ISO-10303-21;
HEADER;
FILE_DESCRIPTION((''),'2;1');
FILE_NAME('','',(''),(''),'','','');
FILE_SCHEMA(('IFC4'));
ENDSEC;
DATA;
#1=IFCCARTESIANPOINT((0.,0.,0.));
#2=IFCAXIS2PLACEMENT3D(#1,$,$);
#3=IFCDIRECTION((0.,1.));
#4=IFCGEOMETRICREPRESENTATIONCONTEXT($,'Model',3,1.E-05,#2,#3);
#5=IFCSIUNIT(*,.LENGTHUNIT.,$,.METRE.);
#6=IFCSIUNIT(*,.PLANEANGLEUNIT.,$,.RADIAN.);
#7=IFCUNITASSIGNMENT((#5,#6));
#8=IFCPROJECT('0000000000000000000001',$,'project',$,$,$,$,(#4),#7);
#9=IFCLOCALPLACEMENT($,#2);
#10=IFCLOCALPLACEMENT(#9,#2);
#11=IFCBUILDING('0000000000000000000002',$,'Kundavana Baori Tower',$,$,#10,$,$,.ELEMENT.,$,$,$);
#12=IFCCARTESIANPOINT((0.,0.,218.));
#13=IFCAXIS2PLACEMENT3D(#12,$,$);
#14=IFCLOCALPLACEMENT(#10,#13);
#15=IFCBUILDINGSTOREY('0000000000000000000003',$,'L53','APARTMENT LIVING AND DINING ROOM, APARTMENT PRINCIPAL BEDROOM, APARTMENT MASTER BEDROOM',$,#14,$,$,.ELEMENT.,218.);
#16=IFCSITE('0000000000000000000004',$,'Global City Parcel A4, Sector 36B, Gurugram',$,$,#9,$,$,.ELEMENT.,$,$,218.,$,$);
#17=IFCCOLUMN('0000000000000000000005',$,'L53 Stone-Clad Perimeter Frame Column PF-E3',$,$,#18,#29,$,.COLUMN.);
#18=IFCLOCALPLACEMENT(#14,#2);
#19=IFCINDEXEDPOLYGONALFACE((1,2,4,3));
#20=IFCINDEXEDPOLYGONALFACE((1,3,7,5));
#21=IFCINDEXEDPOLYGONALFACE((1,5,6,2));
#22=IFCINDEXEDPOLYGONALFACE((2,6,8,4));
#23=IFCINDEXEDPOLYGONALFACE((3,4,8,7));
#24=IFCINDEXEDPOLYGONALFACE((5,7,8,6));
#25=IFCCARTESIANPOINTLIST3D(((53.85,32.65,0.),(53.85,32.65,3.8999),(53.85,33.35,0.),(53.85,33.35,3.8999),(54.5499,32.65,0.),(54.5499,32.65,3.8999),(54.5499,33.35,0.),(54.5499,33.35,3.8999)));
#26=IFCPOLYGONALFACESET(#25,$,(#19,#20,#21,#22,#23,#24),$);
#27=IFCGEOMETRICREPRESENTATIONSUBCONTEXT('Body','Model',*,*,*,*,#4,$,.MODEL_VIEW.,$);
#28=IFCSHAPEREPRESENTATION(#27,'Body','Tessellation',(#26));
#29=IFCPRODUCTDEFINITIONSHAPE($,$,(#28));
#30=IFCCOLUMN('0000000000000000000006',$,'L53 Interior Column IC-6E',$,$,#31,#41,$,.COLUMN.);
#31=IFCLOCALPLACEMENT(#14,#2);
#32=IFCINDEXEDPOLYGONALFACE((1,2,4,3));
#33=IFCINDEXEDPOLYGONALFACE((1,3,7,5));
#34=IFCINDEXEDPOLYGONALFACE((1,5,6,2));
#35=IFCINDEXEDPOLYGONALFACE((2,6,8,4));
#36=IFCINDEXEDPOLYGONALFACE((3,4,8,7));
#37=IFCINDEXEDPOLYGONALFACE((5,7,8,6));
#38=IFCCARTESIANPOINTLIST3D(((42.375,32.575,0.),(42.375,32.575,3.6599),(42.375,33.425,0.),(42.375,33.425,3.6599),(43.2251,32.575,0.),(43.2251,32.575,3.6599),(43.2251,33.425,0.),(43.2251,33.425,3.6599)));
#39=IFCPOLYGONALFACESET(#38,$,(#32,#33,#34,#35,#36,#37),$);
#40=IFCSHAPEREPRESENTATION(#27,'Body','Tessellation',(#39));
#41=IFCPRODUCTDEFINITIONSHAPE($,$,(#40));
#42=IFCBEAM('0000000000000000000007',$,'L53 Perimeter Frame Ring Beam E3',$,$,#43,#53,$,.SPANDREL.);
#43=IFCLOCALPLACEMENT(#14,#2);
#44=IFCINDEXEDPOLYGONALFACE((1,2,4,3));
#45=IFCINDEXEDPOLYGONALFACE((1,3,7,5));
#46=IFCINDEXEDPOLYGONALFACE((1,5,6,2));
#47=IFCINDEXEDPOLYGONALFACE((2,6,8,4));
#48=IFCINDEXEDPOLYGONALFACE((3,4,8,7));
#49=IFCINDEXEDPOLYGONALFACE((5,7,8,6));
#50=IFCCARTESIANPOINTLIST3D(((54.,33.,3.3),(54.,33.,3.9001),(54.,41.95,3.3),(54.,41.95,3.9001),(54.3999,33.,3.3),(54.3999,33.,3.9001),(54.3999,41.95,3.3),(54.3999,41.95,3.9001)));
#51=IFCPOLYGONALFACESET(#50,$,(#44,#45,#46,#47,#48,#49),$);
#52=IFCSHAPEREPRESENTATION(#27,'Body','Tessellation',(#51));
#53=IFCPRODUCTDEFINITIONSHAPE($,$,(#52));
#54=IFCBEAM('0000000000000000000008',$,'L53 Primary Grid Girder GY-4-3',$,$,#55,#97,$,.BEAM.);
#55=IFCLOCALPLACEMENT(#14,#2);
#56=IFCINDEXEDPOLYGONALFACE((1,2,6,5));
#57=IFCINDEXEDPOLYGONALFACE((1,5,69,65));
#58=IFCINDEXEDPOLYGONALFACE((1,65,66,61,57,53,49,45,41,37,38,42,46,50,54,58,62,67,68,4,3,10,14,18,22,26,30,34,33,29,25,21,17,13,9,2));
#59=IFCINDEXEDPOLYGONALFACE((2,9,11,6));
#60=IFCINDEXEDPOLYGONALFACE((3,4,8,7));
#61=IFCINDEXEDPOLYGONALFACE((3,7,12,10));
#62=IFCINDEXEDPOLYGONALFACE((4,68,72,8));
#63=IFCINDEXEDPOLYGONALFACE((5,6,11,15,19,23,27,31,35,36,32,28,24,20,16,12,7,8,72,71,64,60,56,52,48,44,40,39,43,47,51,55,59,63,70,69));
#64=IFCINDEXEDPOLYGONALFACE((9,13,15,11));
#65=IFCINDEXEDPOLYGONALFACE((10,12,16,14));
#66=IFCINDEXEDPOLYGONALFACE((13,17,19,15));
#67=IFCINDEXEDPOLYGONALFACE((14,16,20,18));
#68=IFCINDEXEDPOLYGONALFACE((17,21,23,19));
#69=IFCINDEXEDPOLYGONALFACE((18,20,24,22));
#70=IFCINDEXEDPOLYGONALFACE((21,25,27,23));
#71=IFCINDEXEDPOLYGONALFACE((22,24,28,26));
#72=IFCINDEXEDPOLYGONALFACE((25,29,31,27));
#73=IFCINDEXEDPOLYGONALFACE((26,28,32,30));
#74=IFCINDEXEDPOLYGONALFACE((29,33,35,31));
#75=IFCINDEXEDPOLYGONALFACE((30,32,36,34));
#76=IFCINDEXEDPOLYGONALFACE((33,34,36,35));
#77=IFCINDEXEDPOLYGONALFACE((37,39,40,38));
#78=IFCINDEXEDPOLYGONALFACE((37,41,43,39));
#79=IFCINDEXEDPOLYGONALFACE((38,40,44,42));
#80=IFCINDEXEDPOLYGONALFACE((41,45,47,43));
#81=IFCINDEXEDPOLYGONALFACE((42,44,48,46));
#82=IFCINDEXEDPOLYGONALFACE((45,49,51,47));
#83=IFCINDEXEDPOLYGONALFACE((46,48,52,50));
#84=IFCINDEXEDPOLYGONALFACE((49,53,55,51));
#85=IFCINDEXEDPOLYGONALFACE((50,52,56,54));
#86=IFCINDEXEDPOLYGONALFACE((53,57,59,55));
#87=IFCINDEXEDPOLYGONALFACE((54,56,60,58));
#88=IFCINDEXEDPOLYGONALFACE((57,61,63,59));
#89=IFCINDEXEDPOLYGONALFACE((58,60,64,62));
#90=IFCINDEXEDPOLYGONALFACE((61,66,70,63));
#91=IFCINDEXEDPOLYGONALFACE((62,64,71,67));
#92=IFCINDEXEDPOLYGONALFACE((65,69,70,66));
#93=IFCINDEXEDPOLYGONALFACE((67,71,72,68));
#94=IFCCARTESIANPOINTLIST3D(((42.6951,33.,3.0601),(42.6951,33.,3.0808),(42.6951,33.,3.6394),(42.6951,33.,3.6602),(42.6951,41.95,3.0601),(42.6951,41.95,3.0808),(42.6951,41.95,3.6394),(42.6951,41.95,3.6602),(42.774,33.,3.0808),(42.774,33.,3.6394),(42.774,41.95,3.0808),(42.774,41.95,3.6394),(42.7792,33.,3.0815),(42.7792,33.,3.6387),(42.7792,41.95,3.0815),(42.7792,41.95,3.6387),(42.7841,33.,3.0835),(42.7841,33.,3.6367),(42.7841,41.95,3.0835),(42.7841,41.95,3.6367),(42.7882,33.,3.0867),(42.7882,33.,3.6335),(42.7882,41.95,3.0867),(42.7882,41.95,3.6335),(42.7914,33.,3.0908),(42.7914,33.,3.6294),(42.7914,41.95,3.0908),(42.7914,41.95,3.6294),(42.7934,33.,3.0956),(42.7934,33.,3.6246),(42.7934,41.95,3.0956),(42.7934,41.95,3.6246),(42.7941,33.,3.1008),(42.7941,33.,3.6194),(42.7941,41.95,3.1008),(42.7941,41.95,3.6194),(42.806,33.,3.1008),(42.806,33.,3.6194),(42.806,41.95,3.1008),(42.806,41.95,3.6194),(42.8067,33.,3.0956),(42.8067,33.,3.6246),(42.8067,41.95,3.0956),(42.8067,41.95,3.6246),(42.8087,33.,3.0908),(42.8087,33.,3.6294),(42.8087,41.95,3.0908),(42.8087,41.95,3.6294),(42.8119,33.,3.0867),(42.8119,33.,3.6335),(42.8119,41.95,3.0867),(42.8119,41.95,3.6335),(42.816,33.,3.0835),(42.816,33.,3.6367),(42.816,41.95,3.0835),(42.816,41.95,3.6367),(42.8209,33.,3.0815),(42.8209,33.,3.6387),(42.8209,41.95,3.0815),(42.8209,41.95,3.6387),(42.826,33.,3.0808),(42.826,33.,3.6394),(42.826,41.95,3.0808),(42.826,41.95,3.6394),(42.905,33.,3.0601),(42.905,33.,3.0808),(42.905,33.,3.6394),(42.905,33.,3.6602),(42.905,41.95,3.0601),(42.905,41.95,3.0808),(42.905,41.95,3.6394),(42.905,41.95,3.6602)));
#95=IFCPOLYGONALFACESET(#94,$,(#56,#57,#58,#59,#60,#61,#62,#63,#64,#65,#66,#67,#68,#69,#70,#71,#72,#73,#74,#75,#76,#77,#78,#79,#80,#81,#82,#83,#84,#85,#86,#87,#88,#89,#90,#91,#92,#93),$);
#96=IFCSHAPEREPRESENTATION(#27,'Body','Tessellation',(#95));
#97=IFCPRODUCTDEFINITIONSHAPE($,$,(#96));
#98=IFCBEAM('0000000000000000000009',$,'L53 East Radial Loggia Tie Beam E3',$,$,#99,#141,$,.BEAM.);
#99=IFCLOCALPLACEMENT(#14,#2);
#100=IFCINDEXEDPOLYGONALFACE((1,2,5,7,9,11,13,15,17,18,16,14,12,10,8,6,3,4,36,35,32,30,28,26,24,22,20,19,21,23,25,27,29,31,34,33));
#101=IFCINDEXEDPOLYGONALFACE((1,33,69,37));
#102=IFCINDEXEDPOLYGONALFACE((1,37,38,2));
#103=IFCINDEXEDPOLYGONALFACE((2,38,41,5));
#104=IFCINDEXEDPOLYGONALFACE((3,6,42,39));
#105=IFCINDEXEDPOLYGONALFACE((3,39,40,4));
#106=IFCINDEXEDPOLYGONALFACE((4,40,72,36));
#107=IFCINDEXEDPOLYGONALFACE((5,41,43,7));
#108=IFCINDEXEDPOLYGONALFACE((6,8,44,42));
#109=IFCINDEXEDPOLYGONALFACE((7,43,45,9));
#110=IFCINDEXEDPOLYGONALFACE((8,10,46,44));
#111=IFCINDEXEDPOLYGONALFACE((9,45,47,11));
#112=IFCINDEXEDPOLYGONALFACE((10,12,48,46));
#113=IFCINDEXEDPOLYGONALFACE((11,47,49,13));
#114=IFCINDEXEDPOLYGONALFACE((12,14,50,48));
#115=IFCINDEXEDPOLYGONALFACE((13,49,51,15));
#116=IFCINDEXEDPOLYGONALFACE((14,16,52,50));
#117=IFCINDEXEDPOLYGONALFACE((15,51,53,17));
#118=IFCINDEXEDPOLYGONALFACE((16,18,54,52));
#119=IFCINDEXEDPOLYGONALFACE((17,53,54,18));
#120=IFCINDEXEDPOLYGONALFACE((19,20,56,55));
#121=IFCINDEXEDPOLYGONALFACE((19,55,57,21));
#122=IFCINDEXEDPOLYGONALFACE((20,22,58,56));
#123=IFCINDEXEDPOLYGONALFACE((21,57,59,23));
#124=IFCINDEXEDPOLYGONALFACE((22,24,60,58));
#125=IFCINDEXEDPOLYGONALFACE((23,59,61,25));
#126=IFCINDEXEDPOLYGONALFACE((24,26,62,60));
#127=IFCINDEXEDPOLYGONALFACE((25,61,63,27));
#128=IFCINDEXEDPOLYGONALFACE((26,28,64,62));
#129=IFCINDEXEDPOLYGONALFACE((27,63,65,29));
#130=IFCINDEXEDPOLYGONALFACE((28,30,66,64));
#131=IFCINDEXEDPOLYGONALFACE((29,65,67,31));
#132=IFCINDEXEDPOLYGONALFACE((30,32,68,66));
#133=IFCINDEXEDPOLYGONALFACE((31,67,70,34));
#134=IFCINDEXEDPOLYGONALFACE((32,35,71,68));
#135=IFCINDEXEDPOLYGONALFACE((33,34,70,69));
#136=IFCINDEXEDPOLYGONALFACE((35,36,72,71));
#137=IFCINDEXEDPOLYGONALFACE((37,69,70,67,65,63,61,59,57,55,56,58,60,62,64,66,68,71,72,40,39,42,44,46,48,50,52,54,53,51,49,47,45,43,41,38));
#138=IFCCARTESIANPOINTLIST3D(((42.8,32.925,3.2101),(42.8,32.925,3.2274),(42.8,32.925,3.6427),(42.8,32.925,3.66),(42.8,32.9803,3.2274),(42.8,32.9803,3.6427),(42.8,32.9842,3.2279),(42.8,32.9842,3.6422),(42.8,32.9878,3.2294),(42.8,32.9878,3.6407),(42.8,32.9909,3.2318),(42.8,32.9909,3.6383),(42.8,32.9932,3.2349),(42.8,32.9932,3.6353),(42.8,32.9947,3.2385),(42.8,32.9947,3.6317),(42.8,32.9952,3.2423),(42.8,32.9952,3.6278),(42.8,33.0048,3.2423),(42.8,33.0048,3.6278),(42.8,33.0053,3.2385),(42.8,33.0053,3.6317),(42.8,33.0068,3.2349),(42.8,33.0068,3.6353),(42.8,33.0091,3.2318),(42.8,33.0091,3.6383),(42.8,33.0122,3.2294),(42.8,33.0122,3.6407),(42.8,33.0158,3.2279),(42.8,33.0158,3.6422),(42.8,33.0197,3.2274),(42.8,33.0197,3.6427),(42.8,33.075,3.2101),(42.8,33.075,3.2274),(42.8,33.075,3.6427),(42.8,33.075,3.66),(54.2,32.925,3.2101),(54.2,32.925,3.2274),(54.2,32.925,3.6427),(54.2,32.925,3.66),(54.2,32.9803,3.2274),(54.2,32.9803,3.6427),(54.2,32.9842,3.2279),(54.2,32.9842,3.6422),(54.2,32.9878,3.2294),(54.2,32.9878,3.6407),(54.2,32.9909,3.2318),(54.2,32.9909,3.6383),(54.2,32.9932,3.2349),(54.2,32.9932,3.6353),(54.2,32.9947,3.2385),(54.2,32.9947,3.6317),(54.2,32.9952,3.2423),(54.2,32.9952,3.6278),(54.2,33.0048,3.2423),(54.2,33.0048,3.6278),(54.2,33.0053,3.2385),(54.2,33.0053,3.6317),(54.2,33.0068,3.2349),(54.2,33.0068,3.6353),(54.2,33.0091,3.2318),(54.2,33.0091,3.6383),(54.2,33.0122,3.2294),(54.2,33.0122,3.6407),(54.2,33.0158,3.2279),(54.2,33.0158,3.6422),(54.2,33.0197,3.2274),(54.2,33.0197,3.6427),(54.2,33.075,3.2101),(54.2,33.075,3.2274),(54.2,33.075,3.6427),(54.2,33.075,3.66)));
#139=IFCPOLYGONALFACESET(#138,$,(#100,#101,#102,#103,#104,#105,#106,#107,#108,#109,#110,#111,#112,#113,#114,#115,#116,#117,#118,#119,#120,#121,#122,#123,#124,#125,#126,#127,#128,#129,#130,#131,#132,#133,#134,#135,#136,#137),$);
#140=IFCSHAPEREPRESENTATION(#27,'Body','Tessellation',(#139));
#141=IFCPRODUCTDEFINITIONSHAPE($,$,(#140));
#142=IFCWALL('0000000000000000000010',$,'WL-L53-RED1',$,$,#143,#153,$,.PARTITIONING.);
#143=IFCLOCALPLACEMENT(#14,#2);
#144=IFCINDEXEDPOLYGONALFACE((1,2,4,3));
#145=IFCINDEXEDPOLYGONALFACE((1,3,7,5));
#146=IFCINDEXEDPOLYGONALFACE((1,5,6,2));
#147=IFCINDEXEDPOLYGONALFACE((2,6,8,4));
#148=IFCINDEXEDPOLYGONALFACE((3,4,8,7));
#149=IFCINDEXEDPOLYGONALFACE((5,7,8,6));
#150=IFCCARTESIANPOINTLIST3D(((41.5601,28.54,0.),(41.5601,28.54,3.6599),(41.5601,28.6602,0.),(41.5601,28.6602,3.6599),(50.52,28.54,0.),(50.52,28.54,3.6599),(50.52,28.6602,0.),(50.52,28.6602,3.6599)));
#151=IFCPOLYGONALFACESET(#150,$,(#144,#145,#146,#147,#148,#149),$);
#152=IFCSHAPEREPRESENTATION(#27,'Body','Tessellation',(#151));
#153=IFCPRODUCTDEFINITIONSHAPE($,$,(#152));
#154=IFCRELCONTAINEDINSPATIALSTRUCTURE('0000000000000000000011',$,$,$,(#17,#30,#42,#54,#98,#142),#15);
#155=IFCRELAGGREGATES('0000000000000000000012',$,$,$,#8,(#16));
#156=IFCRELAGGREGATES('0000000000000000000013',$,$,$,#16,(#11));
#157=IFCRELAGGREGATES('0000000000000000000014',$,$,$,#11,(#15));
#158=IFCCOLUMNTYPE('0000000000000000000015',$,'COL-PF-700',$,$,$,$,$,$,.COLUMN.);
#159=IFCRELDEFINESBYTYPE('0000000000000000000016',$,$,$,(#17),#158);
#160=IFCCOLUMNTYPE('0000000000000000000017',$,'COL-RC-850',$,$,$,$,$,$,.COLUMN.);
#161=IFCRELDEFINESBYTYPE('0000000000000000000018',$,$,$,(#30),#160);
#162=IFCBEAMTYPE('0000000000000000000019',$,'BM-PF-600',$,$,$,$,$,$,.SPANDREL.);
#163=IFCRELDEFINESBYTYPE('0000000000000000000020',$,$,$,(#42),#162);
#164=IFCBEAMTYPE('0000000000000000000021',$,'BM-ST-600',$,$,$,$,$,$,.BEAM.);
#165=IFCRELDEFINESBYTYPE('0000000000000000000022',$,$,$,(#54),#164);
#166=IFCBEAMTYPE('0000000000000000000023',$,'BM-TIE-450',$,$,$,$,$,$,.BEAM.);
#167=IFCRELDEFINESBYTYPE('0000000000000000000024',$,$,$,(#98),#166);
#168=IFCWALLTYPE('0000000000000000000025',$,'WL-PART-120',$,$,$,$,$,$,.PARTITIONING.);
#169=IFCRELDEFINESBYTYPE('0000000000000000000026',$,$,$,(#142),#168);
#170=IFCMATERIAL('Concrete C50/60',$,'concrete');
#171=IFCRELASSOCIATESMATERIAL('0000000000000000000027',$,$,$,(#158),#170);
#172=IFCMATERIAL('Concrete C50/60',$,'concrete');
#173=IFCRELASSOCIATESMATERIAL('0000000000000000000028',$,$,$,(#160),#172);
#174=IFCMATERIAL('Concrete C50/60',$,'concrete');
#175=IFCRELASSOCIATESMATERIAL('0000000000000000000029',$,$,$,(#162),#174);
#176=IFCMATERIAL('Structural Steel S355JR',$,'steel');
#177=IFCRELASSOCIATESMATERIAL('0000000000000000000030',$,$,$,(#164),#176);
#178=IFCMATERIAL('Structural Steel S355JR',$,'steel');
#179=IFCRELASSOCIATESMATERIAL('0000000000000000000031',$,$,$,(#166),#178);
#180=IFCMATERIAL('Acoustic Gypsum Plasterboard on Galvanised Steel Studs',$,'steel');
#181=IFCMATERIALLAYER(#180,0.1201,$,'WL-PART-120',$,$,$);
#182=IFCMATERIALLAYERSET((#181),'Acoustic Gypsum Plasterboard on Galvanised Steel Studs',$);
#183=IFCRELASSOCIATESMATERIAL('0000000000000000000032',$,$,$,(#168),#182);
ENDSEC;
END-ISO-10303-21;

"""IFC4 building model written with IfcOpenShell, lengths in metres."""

from ifc_helpers import new_model, si_unit, direction, frame, frame_2d, origin, origin_2d, place, context, subcontext, project, spatial, rectangle, i_section, extrude, material, layer, layer_set, material_profile, profile_set, type_object, element, save


model = new_model("IFC4")

# Units and contexts
model_context = context("Model", 3, precision=1e-05, world=origin(), true_north=direction((0.0, 1.0)))
body_context = subcontext(model_context, "Body", "Model", "MODEL_VIEW")
ifc_project = project(units=[si_unit("LENGTHUNIT", "METRE"), si_unit("PLANEANGLEUNIT", "RADIAN")], contexts=[model_context])

# Site, building, storey
site_placement = place(None, origin())
site = spatial("IfcSite", under=ifc_project, at=site_placement, Name="Global City Parcel A4, Sector 36B, Gurugram", CompositionType="ELEMENT", RefElevation=218.0)
building_placement = place(site_placement, origin())
building = spatial("IfcBuilding", under=site, at=building_placement, Name="Kundavana Baori Tower", CompositionType="ELEMENT")
storey_placement = place(building_placement, frame((0.0, 0.0, 218.0)))
storey = spatial("IfcBuildingStorey", under=building, at=storey_placement, Name="L53", Description="APARTMENT LIVING AND DINING ROOM, APARTMENT PRINCIPAL BEDROOM, APARTMENT MASTER BEDROOM", CompositionType="ELEMENT", Elevation=218.0)

# Columns
ifc_material_1 = material(Name="Concrete C50/60", Category="concrete")
ifc_material_profile_1 = material_profile(ifc_material_1, rectangle(XDim=0.7, YDim=0.7, at=origin_2d()), Name="RC PF 700x700")
ifc_profile_set_1 = profile_set([ifc_material_profile_1], Name="Concrete C50/60")
column_type_1 = type_object("IfcColumnType", Name="COL-PF-700", PredefinedType="COLUMN", material=ifc_profile_set_1)
column_1_placement = place(storey_placement, frame((54.2, 33.0, 0.0), z_axis=(0.0, 0.0, 1.0), x_axis=(1.0, 0.0, 0.0)))
element("IfcColumn", 1, at=column_1_placement, inside=storey, type_object=column_type_1, Name="L53 Stone-Clad Perimeter Frame Column PF-E3", PredefinedType="COLUMN", context=body_context, shape_type="SweptSolid", body=[
    extrude(rectangle(XDim=0.7, YDim=0.7, at=origin_2d()), origin(), (0.0, 0.0, 1.0), 3.8999),
])
ifc_material_2 = material(Name="Concrete C50/60", Category="concrete")
ifc_material_profile_2 = material_profile(ifc_material_2, rectangle(XDim=0.8501, YDim=0.8501, at=origin_2d()), Name="RC 850x850")
ifc_profile_set_2 = profile_set([ifc_material_profile_2], Name="Concrete C50/60")
column_type_2 = type_object("IfcColumnType", Name="COL-RC-850", PredefinedType="COLUMN", material=ifc_profile_set_2)
column_2_placement = place(storey_placement, frame((42.8, 33.0, 0.0), z_axis=(0.0, 0.0, 1.0), x_axis=(1.0, 0.0, 0.0)))
element("IfcColumn", 2, at=column_2_placement, inside=storey, type_object=column_type_2, Name="L53 Interior Column IC-6E", PredefinedType="COLUMN", context=body_context, shape_type="SweptSolid", body=[
    extrude(rectangle(XDim=0.8501, YDim=0.8501, at=origin_2d()), origin(), (0.0, 0.0, 1.0), 3.6599),
])

# Beams
ifc_material_3 = material(Name="Concrete C50/60", Category="concrete")
ifc_material_profile_3 = material_profile(ifc_material_3, rectangle(XDim=0.3999, YDim=0.6001, at=origin_2d()), Name="RC BM 400x600")
ifc_profile_set_3 = profile_set([ifc_material_profile_3], Name="Concrete C50/60")
beam_type_1 = type_object("IfcBeamType", Name="BM-PF-600", PredefinedType="SPANDREL", material=ifc_profile_set_3)
beam_1_placement = place(storey_placement, frame((54.2, 33.0, 3.6001), z_axis=(0.0, 1.0, 0.0), x_axis=(-1.0, 0.0, 0.0)))
element("IfcBeam", 3, at=beam_1_placement, inside=storey, type_object=beam_type_1, Name="L53 Perimeter Frame Ring Beam E3", PredefinedType="SPANDREL", context=body_context, shape_type="SweptSolid", body=[
    extrude(rectangle(XDim=0.3999, YDim=0.6001, at=origin_2d()), origin(), (0.0, 0.0, 1.0), 8.95),
])
ifc_material_4 = material(Name="Structural Steel S355JR", Category="steel")
ifc_material_profile_4 = material_profile(ifc_material_4, i_section(OverallWidth=0.21, OverallDepth=0.6001, WebThickness=0.012, FlangeThickness=0.0208, FilletRadius=0.02, at=origin_2d()), Name="ISMB 600")
ifc_profile_set_4 = profile_set([ifc_material_profile_4], Name="Structural Steel S355JR")
beam_type_2 = type_object("IfcBeamType", Name="BM-ST-600", PredefinedType="BEAM", material=ifc_profile_set_4)
beam_2_placement = place(storey_placement, frame((42.8, 33.0, 3.3601), z_axis=(0.0, 1.0, 0.0), x_axis=(-1.0, 0.0, 0.0)))
element("IfcBeam", 4, at=beam_2_placement, inside=storey, type_object=beam_type_2, Name="L53 Primary Grid Girder GY-4-3", PredefinedType="BEAM", context=body_context, shape_type="SweptSolid", body=[
    extrude(i_section(OverallWidth=0.21, OverallDepth=0.6001, WebThickness=0.012, FlangeThickness=0.0208, FilletRadius=0.02, at=origin_2d()), origin(), (0.0, 0.0, 1.0), 8.95),
])
ifc_material_5 = material(Name="Structural Steel S355JR", Category="steel")
ifc_material_profile_5 = material_profile(ifc_material_5, i_section(OverallWidth=0.1499, OverallDepth=0.45, WebThickness=0.0095, FlangeThickness=0.0173, FilletRadius=0.0149, at=origin_2d()), Name="ISMB 450")
ifc_profile_set_5 = profile_set([ifc_material_profile_5], Name="Structural Steel S355JR")
beam_type_3 = type_object("IfcBeamType", Name="BM-TIE-450", PredefinedType="BEAM", material=ifc_profile_set_5)
beam_3_placement = place(storey_placement, frame((42.8, 33.0, 3.4351), z_axis=(1.0, 0.0, 0.0), x_axis=(0.0, 1.0, 0.0)))
element("IfcBeam", 5, at=beam_3_placement, inside=storey, type_object=beam_type_3, Name="L53 East Radial Loggia Tie Beam E3", PredefinedType="BEAM", context=body_context, shape_type="SweptSolid", body=[
    extrude(i_section(OverallWidth=0.1499, OverallDepth=0.45, WebThickness=0.0095, FlangeThickness=0.0173, FilletRadius=0.0149, at=origin_2d()), origin(), (0.0, 0.0, 1.0), 11.3999),
])

# Wall
ifc_material_6 = material(Name="Acoustic Gypsum Plasterboard on Galvanised Steel Studs", Category="steel")
ifc_layer_1 = layer(ifc_material_6, 0.1201, Name="WL-PART-120")
ifc_layer_set_1 = layer_set([ifc_layer_1], Name="Acoustic Gypsum Plasterboard on Galvanised Steel Studs")
wall_type_1 = type_object("IfcWallType", Name="WL-PART-120", PredefinedType="PARTITIONING", material=ifc_layer_set_1)
wall_1_placement = place(storey_placement, frame((41.5601, 28.6001, 0.0), z_axis=(0.0, 0.0, 1.0), x_axis=(1.0, 0.0, 0.0)))
element("IfcWall", 6, at=wall_1_placement, inside=storey, type_object=wall_type_1, Name="WL-L53-RED1", PredefinedType="PARTITIONING", context=body_context, shape_type="SweptSolid", body=[
    extrude(rectangle(XDim=8.96, YDim=0.1201, at=frame_2d((4.48, 0.0))), origin(), (0.0, 0.0, 1.0), 3.6599),
])

save(model, "model.ifc")
